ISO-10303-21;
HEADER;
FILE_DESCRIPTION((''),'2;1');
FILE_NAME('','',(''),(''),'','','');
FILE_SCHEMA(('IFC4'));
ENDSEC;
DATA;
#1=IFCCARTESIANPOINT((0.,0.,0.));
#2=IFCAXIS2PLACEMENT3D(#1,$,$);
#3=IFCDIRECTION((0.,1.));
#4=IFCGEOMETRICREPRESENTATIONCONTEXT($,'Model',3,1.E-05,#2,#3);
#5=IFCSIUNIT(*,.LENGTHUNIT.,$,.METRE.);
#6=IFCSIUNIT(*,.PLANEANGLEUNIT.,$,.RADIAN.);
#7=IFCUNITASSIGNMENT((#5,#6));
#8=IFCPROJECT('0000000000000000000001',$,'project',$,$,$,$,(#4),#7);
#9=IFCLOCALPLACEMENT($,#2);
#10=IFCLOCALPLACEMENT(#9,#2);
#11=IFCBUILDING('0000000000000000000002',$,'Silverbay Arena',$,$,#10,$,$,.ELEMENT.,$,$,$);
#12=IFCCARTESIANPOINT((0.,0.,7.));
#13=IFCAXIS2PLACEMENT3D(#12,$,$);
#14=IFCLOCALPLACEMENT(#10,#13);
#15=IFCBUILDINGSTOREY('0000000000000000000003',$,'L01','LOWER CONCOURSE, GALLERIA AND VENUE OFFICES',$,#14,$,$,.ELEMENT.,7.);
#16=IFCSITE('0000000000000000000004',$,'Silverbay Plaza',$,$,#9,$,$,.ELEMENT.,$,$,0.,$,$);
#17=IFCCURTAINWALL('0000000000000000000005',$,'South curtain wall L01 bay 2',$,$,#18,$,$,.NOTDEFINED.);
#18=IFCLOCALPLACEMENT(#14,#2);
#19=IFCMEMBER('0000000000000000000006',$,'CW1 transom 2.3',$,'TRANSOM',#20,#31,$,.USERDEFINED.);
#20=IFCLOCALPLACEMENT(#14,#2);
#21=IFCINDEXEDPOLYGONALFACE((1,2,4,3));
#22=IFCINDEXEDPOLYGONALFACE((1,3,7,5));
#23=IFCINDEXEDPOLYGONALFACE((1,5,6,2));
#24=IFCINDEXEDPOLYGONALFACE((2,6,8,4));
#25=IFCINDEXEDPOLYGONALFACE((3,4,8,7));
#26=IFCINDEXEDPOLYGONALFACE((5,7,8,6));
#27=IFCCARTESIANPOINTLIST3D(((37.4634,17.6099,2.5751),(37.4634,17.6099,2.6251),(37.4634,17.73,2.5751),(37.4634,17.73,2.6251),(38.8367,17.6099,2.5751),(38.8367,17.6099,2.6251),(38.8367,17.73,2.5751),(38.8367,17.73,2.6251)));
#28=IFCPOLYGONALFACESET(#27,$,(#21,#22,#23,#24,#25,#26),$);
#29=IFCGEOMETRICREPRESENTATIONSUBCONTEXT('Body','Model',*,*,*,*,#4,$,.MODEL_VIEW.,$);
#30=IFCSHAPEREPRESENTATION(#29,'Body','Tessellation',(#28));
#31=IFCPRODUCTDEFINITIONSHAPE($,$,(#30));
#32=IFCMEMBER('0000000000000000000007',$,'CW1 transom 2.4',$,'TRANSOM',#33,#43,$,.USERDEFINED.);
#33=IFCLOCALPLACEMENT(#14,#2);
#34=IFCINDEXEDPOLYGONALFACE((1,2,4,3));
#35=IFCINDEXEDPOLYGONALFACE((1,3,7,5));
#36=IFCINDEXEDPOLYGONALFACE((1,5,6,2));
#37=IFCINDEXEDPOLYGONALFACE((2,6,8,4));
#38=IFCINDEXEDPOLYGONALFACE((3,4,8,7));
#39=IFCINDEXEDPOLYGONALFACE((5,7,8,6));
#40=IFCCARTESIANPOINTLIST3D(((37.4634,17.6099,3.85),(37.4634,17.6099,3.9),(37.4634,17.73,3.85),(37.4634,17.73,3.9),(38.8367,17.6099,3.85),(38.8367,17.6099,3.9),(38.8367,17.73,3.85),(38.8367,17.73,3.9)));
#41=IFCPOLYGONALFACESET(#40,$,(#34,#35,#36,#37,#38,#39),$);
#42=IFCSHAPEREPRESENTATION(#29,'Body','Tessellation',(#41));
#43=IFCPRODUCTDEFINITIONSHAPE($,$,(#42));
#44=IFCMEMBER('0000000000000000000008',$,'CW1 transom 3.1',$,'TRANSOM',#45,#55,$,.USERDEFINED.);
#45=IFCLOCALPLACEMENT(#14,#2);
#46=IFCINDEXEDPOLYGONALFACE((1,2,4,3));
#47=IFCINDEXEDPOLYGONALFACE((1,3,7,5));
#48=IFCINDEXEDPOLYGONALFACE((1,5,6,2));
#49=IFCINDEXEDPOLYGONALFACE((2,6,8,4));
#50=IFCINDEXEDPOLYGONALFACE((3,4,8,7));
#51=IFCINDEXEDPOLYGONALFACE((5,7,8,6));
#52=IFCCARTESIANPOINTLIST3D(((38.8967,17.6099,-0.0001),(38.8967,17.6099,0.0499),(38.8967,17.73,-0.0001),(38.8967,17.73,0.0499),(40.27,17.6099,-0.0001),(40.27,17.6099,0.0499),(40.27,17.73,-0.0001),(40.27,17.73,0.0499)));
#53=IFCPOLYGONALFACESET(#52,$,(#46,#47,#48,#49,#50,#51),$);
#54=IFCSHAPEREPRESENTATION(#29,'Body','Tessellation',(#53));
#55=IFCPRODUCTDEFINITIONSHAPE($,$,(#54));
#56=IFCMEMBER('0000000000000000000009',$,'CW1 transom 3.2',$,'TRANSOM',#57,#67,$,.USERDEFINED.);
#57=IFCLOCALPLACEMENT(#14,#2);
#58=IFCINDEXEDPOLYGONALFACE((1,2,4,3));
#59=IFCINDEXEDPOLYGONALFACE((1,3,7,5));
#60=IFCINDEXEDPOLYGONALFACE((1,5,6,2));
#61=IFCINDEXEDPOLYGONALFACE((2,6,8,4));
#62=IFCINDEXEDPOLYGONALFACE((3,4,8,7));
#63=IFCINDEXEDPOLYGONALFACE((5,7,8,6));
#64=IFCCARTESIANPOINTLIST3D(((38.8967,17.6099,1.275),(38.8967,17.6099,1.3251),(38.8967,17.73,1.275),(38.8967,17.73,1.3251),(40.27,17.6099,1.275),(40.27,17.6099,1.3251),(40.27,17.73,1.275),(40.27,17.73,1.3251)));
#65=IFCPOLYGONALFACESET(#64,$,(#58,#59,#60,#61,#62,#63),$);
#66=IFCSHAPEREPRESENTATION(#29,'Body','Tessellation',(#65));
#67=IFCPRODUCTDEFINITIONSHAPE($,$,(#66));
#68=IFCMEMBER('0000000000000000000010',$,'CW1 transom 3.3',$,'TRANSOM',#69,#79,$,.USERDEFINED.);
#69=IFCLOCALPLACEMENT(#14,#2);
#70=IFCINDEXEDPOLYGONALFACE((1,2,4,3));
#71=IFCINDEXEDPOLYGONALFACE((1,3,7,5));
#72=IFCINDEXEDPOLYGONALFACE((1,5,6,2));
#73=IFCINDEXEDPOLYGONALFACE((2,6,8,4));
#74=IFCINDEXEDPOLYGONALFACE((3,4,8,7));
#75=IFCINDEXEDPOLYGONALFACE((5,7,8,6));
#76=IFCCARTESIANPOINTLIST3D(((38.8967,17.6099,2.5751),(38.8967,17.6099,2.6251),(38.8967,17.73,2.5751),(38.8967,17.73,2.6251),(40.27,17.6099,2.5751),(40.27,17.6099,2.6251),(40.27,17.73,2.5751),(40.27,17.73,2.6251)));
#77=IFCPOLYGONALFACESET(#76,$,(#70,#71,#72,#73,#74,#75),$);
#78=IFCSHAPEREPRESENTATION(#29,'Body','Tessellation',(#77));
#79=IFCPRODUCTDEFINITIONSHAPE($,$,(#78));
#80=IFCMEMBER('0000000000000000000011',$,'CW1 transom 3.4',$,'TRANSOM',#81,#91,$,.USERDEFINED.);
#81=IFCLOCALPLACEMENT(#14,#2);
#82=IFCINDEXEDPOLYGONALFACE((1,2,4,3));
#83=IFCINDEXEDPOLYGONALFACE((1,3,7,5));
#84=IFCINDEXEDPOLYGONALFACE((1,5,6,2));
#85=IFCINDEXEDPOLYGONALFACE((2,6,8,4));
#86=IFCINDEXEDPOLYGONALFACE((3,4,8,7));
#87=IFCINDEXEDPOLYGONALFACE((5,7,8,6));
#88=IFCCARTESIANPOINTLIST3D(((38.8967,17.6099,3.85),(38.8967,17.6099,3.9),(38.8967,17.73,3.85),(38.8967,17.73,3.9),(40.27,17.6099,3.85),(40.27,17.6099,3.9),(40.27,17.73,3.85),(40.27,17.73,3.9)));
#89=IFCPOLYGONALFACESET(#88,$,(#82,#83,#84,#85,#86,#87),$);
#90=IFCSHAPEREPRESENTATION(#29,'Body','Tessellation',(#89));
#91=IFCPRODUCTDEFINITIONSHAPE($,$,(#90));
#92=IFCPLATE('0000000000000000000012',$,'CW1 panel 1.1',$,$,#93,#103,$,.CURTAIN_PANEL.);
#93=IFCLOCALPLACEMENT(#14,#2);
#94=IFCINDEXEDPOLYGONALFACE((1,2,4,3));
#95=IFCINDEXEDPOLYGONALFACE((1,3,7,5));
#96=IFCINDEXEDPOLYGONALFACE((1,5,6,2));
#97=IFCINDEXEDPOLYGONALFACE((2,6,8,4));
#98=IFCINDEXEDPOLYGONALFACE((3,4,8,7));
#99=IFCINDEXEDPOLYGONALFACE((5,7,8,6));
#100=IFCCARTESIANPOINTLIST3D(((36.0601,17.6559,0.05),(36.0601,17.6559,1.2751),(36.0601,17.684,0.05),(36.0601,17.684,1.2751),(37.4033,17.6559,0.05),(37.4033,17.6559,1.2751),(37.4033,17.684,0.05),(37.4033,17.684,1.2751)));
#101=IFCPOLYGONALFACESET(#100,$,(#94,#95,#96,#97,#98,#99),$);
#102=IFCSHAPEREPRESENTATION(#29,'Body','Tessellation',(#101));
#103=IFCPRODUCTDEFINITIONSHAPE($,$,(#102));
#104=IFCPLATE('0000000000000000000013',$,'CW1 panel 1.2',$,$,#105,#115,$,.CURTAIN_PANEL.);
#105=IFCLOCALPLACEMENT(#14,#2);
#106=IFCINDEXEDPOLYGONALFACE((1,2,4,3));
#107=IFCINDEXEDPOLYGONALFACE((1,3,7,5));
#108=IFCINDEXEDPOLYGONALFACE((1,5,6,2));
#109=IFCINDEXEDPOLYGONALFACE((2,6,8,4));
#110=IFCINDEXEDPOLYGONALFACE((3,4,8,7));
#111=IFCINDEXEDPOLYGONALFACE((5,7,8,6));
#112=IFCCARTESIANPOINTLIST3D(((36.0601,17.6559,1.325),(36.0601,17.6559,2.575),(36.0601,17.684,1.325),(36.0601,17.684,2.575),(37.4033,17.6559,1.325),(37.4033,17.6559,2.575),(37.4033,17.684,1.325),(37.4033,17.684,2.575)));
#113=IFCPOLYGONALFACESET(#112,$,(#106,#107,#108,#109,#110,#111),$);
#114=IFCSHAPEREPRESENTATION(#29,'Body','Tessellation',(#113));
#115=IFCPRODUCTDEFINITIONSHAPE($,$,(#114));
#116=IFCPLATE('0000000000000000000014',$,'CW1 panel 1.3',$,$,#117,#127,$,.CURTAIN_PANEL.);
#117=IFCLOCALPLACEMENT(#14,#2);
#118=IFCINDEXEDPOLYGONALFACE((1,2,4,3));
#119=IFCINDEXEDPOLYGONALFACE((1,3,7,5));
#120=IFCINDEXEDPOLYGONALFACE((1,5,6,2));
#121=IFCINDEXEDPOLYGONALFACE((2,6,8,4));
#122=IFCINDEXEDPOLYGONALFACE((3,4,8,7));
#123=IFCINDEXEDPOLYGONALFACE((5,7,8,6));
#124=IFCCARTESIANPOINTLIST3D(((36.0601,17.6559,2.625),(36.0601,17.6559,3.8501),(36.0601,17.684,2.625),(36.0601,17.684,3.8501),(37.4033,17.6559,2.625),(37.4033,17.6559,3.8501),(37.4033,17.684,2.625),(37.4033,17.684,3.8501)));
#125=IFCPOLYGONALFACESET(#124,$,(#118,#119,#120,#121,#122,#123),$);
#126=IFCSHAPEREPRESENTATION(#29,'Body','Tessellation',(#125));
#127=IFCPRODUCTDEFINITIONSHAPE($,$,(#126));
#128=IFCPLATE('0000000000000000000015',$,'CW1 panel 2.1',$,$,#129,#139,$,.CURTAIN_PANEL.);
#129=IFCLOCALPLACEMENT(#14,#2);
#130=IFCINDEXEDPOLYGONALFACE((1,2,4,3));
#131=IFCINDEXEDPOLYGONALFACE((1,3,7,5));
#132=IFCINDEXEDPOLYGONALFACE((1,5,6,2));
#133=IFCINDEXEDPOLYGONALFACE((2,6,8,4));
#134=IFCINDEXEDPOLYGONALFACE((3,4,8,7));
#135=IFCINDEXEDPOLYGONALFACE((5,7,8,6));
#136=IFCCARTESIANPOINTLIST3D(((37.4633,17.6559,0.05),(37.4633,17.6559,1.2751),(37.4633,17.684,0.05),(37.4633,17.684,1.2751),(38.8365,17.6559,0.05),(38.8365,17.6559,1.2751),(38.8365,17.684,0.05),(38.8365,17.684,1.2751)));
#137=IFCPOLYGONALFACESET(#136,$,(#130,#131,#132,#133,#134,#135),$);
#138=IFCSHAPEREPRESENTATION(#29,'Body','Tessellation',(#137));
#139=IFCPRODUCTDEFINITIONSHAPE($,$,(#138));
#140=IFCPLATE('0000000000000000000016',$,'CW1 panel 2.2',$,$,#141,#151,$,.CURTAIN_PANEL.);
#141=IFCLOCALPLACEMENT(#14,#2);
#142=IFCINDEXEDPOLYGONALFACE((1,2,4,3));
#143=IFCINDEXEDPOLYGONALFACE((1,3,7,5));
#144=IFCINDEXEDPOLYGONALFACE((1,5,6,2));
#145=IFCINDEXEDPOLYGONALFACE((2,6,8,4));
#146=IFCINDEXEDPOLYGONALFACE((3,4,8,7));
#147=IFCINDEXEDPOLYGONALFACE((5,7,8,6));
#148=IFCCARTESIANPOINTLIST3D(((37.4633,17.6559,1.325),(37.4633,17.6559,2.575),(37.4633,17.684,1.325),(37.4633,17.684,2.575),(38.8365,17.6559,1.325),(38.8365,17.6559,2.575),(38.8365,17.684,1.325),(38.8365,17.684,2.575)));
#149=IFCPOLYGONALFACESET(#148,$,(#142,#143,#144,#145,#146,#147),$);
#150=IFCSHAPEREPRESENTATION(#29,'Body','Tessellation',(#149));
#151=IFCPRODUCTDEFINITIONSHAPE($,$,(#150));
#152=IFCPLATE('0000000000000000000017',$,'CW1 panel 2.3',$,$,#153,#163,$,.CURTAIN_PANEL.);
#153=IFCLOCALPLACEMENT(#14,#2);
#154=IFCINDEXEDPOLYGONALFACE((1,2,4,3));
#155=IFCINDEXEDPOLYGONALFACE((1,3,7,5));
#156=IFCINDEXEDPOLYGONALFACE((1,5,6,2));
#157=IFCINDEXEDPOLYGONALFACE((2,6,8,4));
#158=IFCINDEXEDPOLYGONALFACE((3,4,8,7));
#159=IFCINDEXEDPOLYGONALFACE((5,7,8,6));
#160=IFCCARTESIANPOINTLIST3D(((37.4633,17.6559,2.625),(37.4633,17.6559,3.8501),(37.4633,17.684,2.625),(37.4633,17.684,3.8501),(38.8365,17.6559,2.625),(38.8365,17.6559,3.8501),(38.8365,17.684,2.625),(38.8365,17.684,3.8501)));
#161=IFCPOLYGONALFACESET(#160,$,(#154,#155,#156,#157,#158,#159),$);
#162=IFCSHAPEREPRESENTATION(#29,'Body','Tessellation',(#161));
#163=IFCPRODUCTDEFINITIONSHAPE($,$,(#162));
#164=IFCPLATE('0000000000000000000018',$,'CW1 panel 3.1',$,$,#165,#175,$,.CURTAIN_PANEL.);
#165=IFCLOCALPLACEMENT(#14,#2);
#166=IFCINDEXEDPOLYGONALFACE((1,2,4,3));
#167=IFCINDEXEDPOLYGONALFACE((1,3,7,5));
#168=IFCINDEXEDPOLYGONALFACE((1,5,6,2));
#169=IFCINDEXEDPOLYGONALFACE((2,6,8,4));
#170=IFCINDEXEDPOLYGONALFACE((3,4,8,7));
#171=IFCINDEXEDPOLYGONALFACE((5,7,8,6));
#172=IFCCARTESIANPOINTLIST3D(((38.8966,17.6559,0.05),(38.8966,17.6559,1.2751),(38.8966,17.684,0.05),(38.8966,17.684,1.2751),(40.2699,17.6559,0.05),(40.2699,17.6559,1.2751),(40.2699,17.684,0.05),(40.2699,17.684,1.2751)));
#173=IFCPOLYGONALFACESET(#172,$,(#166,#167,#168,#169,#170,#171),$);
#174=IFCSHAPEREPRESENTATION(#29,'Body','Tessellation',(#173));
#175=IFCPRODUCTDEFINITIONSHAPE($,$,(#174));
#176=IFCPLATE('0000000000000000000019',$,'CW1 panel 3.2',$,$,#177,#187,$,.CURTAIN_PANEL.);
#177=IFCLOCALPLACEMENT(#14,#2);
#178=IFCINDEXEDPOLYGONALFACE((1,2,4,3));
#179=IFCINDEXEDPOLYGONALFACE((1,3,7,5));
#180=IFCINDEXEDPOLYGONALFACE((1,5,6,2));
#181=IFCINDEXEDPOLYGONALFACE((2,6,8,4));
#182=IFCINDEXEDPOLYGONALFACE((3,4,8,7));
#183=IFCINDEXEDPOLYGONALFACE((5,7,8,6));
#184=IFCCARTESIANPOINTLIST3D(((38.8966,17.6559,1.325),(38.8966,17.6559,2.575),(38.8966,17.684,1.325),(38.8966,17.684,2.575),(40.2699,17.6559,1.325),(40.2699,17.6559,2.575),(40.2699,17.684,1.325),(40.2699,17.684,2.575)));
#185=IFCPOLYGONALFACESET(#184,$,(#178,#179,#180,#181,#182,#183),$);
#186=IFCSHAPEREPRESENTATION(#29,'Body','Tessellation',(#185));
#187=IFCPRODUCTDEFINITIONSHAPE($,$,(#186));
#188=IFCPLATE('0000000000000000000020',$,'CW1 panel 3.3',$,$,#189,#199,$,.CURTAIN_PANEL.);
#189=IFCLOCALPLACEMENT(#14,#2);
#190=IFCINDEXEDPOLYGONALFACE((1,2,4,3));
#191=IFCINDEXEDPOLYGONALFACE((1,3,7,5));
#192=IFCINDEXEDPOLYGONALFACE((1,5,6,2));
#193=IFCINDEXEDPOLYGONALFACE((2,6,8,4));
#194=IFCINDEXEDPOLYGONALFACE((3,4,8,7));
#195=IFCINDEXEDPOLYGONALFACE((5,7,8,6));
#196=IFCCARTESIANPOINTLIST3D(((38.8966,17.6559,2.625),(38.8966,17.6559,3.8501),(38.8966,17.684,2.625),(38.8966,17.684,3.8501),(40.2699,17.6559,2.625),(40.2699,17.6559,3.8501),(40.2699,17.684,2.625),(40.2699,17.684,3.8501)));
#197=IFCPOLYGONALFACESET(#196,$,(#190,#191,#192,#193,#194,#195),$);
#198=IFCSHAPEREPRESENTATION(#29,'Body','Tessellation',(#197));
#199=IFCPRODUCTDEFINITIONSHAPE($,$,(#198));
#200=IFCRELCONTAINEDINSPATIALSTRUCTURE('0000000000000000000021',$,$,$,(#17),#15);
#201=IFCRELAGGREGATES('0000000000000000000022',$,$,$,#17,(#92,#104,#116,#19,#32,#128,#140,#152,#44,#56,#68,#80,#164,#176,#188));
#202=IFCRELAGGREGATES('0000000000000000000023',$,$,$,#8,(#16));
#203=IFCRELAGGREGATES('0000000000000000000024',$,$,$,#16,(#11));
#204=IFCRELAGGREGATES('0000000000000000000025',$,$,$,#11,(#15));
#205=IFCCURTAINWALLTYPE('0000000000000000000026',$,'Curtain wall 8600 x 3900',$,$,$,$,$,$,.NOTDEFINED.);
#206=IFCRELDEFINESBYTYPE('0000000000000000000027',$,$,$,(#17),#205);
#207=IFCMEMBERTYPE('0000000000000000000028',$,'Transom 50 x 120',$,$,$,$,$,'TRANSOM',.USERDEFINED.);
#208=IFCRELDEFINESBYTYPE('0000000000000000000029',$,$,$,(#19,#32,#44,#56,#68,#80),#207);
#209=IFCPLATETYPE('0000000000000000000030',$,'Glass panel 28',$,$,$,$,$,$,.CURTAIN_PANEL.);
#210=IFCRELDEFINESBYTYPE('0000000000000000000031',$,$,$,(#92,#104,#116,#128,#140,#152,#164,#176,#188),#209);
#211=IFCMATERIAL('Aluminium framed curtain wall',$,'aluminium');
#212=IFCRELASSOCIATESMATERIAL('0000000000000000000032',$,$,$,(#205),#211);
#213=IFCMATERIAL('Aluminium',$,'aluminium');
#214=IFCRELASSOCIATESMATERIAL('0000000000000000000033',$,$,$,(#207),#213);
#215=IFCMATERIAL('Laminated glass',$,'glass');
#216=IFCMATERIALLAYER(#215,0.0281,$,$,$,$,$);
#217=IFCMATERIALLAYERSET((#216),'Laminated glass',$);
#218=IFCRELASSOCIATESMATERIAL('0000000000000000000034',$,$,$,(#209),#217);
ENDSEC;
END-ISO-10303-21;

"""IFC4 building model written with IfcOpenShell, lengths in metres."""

from ifc_helpers import new_model, si_unit, direction, frame, origin, origin_2d, place, context, subcontext, project, spatial, rectangle, extrude, material, layer, layer_set, material_profile, profile_set, type_object, element, aggregate, save


model = new_model("IFC4")

# Units and contexts
model_context = context("Model", 3, precision=1e-05, world=origin(), true_north=direction((0.0, 1.0)))
body_context = subcontext(model_context, "Body", "Model", "MODEL_VIEW")
ifc_project = project(units=[si_unit("LENGTHUNIT", "METRE"), si_unit("PLANEANGLEUNIT", "RADIAN")], contexts=[model_context])

# Site, building, storey
site_placement = place(None, origin())
site = spatial("IfcSite", under=ifc_project, at=site_placement, Name="Silverbay Plaza", CompositionType="ELEMENT", RefElevation=0.0)
building_placement = place(site_placement, origin())
building = spatial("IfcBuilding", under=site, at=building_placement, Name="Silverbay Arena", CompositionType="ELEMENT")
storey_placement = place(building_placement, frame((0.0, 0.0, 7.0)))
storey = spatial("IfcBuildingStorey", under=building, at=storey_placement, Name="L01", Description="LOWER CONCOURSE, GALLERIA AND VENUE OFFICES", CompositionType="ELEMENT", Elevation=7.0)

# Curtain wall
ifc_material_1 = material(Name="Aluminium framed curtain wall", Category="aluminium")
curtain_wall_type = type_object("IfcCurtainWallType", Name="Curtain wall 8600 x 3900", PredefinedType="NOTDEFINED", material=ifc_material_1)
curtain_wall_placement = place(storey_placement, origin())
curtain_wall = element("IfcCurtainWall", 1, at=curtain_wall_placement, inside=storey, type_object=curtain_wall_type, Name="South curtain wall L01 bay 2", PredefinedType="NOTDEFINED")

# Members
ifc_material_2 = material(Name="Aluminium", Category="aluminium")
ifc_material_profile_1 = material_profile(ifc_material_2, rectangle(XDim=0.1201, YDim=0.05, at=origin_2d()), Name="Transom 50 x 120")
ifc_profile_set_1 = profile_set([ifc_material_profile_1], Name="Aluminium")
member_type_1 = type_object("IfcMemberType", Name="Transom 50 x 120", ElementType="TRANSOM", PredefinedType="USERDEFINED", material=ifc_profile_set_1)
member_1_placement = place(storey_placement, frame((37.4634, 17.6699, 2.6001), z_axis=(1.0, 0.0, 0.0), x_axis=(0.0, 1.0, 0.0)))
member_1 = element("IfcMember", 2, at=member_1_placement, type_object=member_type_1, Name="CW1 transom 2.3", ObjectType="TRANSOM", PredefinedType="USERDEFINED", context=body_context, shape_type="SweptSolid", body=[
    extrude(rectangle(XDim=0.1201, YDim=0.05, at=origin_2d()), origin(), (0.0, 0.0, 1.0), 1.3733),
])
member_2_placement = place(storey_placement, frame((37.4634, 17.6699, 3.875), z_axis=(1.0, 0.0, 0.0), x_axis=(0.0, 1.0, 0.0)))
member_2 = element("IfcMember", 3, at=member_2_placement, type_object=member_type_1, Name="CW1 transom 2.4", ObjectType="TRANSOM", PredefinedType="USERDEFINED", context=body_context, shape_type="SweptSolid", body=[
    extrude(rectangle(XDim=0.1201, YDim=0.05, at=origin_2d()), origin(), (0.0, 0.0, 1.0), 1.3733),
])
member_3_placement = place(storey_placement, frame((38.8967, 17.6699, 0.0249), z_axis=(1.0, 0.0, 0.0), x_axis=(0.0, 1.0, 0.0)))
member_3 = element("IfcMember", 4, at=member_3_placement, type_object=member_type_1, Name="CW1 transom 3.1", ObjectType="TRANSOM", PredefinedType="USERDEFINED", context=body_context, shape_type="SweptSolid", body=[
    extrude(rectangle(XDim=0.1201, YDim=0.05, at=origin_2d()), origin(), (0.0, 0.0, 1.0), 1.3733),
])
member_4_placement = place(storey_placement, frame((38.8967, 17.6699, 1.3), z_axis=(1.0, 0.0, 0.0), x_axis=(0.0, 1.0, 0.0)))
member_4 = element("IfcMember", 5, at=member_4_placement, type_object=member_type_1, Name="CW1 transom 3.2", ObjectType="TRANSOM", PredefinedType="USERDEFINED", context=body_context, shape_type="SweptSolid", body=[
    extrude(rectangle(XDim=0.1201, YDim=0.05, at=origin_2d()), origin(), (0.0, 0.0, 1.0), 1.3733),
])
member_5_placement = place(storey_placement, frame((38.8967, 17.6699, 2.6001), z_axis=(1.0, 0.0, 0.0), x_axis=(0.0, 1.0, 0.0)))
member_5 = element("IfcMember", 6, at=member_5_placement, type_object=member_type_1, Name="CW1 transom 3.3", ObjectType="TRANSOM", PredefinedType="USERDEFINED", context=body_context, shape_type="SweptSolid", body=[
    extrude(rectangle(XDim=0.1201, YDim=0.05, at=origin_2d()), origin(), (0.0, 0.0, 1.0), 1.3733),
])
member_6_placement = place(storey_placement, frame((38.8967, 17.6699, 3.875), z_axis=(1.0, 0.0, 0.0), x_axis=(0.0, 1.0, 0.0)))
member_6 = element("IfcMember", 7, at=member_6_placement, type_object=member_type_1, Name="CW1 transom 3.4", ObjectType="TRANSOM", PredefinedType="USERDEFINED", context=body_context, shape_type="SweptSolid", body=[
    extrude(rectangle(XDim=0.1201, YDim=0.05, at=origin_2d()), origin(), (0.0, 0.0, 1.0), 1.3733),
])

# Plates
ifc_material_3 = material(Name="Laminated glass", Category="glass")
ifc_layer_1 = layer(ifc_material_3, 0.0281)
ifc_layer_set_1 = layer_set([ifc_layer_1], Name="Laminated glass")
plate_type = type_object("IfcPlateType", Name="Glass panel 28", PredefinedType="CURTAIN_PANEL", material=ifc_layer_set_1)
plate_1_placement = place(storey_placement, frame((36.7317, 17.6699, 0.05), z_axis=(0.0, 0.0, 1.0), x_axis=(1.0, 0.0, 0.0)))
plate_1 = element("IfcPlate", 8, at=plate_1_placement, type_object=plate_type, Name="CW1 panel 1.1", PredefinedType="CURTAIN_PANEL", context=body_context, shape_type="SweptSolid", body=[
    extrude(rectangle(XDim=1.3433, YDim=0.0281, at=origin_2d()), origin(), (0.0, 0.0, 1.0), 1.2251),
])
plate_2_placement = place(storey_placement, frame((36.7317, 17.6699, 1.325), z_axis=(0.0, 0.0, 1.0), x_axis=(1.0, 0.0, 0.0)))
plate_2 = element("IfcPlate", 9, at=plate_2_placement, type_object=plate_type, Name="CW1 panel 1.2", PredefinedType="CURTAIN_PANEL", context=body_context, shape_type="SweptSolid", body=[
    extrude(rectangle(XDim=1.3433, YDim=0.0281, at=origin_2d()), origin(), (0.0, 0.0, 1.0), 1.25),
])
plate_3_placement = place(storey_placement, frame((36.7317, 17.6699, 2.625), z_axis=(0.0, 0.0, 1.0), x_axis=(1.0, 0.0, 0.0)))
plate_3 = element("IfcPlate", 10, at=plate_3_placement, type_object=plate_type, Name="CW1 panel 1.3", PredefinedType="CURTAIN_PANEL", context=body_context, shape_type="SweptSolid", body=[
    extrude(rectangle(XDim=1.3433, YDim=0.0281, at=origin_2d()), origin(), (0.0, 0.0, 1.0), 1.2251),
])
plate_4_placement = place(storey_placement, frame((38.1499, 17.6699, 0.05), z_axis=(0.0, 0.0, 1.0), x_axis=(1.0, 0.0, 0.0)))
plate_4 = element("IfcPlate", 11, at=plate_4_placement, type_object=plate_type, Name="CW1 panel 2.1", PredefinedType="CURTAIN_PANEL", context=body_context, shape_type="SweptSolid", body=[
    extrude(rectangle(XDim=1.3733, YDim=0.0281, at=origin_2d()), origin(), (0.0, 0.0, 1.0), 1.2251),
])
plate_5_placement = place(storey_placement, frame((38.1499, 17.6699, 1.325), z_axis=(0.0, 0.0, 1.0), x_axis=(1.0, 0.0, 0.0)))
plate_5 = element("IfcPlate", 12, at=plate_5_placement, type_object=plate_type, Name="CW1 panel 2.2", PredefinedType="CURTAIN_PANEL", context=body_context, shape_type="SweptSolid", body=[
    extrude(rectangle(XDim=1.3733, YDim=0.0281, at=origin_2d()), origin(), (0.0, 0.0, 1.0), 1.25),
])
plate_6_placement = place(storey_placement, frame((38.1499, 17.6699, 2.625), z_axis=(0.0, 0.0, 1.0), x_axis=(1.0, 0.0, 0.0)))
plate_6 = element("IfcPlate", 13, at=plate_6_placement, type_object=plate_type, Name="CW1 panel 2.3", PredefinedType="CURTAIN_PANEL", context=body_context, shape_type="SweptSolid", body=[
    extrude(rectangle(XDim=1.3733, YDim=0.0281, at=origin_2d()), origin(), (0.0, 0.0, 1.0), 1.2251),
])
plate_7_placement = place(storey_placement, frame((39.5833, 17.6699, 0.05), z_axis=(0.0, 0.0, 1.0), x_axis=(1.0, 0.0, 0.0)))
plate_7 = element("IfcPlate", 14, at=plate_7_placement, type_object=plate_type, Name="CW1 panel 3.1", PredefinedType="CURTAIN_PANEL", context=body_context, shape_type="SweptSolid", body=[
    extrude(rectangle(XDim=1.3733, YDim=0.0281, at=origin_2d()), origin(), (0.0, 0.0, 1.0), 1.2251),
])
plate_8_placement = place(storey_placement, frame((39.5833, 17.6699, 1.325), z_axis=(0.0, 0.0, 1.0), x_axis=(1.0, 0.0, 0.0)))
plate_8 = element("IfcPlate", 15, at=plate_8_placement, type_object=plate_type, Name="CW1 panel 3.2", PredefinedType="CURTAIN_PANEL", context=body_context, shape_type="SweptSolid", body=[
    extrude(rectangle(XDim=1.3733, YDim=0.0281, at=origin_2d()), origin(), (0.0, 0.0, 1.0), 1.25),
])
plate_9_placement = place(storey_placement, frame((39.5833, 17.6699, 2.625), z_axis=(0.0, 0.0, 1.0), x_axis=(1.0, 0.0, 0.0)))
plate_9 = element("IfcPlate", 16, at=plate_9_placement, type_object=plate_type, Name="CW1 panel 3.3", PredefinedType="CURTAIN_PANEL", context=body_context, shape_type="SweptSolid", body=[
    extrude(rectangle(XDim=1.3733, YDim=0.0281, at=origin_2d()), origin(), (0.0, 0.0, 1.0), 1.2251),
])
aggregate(curtain_wall, [plate_1, plate_2, plate_3, member_1, member_2, plate_4, plate_5, plate_6, member_3, member_4, member_5, member_6, plate_7, plate_8, plate_9])

save(model, "model.ifc")
